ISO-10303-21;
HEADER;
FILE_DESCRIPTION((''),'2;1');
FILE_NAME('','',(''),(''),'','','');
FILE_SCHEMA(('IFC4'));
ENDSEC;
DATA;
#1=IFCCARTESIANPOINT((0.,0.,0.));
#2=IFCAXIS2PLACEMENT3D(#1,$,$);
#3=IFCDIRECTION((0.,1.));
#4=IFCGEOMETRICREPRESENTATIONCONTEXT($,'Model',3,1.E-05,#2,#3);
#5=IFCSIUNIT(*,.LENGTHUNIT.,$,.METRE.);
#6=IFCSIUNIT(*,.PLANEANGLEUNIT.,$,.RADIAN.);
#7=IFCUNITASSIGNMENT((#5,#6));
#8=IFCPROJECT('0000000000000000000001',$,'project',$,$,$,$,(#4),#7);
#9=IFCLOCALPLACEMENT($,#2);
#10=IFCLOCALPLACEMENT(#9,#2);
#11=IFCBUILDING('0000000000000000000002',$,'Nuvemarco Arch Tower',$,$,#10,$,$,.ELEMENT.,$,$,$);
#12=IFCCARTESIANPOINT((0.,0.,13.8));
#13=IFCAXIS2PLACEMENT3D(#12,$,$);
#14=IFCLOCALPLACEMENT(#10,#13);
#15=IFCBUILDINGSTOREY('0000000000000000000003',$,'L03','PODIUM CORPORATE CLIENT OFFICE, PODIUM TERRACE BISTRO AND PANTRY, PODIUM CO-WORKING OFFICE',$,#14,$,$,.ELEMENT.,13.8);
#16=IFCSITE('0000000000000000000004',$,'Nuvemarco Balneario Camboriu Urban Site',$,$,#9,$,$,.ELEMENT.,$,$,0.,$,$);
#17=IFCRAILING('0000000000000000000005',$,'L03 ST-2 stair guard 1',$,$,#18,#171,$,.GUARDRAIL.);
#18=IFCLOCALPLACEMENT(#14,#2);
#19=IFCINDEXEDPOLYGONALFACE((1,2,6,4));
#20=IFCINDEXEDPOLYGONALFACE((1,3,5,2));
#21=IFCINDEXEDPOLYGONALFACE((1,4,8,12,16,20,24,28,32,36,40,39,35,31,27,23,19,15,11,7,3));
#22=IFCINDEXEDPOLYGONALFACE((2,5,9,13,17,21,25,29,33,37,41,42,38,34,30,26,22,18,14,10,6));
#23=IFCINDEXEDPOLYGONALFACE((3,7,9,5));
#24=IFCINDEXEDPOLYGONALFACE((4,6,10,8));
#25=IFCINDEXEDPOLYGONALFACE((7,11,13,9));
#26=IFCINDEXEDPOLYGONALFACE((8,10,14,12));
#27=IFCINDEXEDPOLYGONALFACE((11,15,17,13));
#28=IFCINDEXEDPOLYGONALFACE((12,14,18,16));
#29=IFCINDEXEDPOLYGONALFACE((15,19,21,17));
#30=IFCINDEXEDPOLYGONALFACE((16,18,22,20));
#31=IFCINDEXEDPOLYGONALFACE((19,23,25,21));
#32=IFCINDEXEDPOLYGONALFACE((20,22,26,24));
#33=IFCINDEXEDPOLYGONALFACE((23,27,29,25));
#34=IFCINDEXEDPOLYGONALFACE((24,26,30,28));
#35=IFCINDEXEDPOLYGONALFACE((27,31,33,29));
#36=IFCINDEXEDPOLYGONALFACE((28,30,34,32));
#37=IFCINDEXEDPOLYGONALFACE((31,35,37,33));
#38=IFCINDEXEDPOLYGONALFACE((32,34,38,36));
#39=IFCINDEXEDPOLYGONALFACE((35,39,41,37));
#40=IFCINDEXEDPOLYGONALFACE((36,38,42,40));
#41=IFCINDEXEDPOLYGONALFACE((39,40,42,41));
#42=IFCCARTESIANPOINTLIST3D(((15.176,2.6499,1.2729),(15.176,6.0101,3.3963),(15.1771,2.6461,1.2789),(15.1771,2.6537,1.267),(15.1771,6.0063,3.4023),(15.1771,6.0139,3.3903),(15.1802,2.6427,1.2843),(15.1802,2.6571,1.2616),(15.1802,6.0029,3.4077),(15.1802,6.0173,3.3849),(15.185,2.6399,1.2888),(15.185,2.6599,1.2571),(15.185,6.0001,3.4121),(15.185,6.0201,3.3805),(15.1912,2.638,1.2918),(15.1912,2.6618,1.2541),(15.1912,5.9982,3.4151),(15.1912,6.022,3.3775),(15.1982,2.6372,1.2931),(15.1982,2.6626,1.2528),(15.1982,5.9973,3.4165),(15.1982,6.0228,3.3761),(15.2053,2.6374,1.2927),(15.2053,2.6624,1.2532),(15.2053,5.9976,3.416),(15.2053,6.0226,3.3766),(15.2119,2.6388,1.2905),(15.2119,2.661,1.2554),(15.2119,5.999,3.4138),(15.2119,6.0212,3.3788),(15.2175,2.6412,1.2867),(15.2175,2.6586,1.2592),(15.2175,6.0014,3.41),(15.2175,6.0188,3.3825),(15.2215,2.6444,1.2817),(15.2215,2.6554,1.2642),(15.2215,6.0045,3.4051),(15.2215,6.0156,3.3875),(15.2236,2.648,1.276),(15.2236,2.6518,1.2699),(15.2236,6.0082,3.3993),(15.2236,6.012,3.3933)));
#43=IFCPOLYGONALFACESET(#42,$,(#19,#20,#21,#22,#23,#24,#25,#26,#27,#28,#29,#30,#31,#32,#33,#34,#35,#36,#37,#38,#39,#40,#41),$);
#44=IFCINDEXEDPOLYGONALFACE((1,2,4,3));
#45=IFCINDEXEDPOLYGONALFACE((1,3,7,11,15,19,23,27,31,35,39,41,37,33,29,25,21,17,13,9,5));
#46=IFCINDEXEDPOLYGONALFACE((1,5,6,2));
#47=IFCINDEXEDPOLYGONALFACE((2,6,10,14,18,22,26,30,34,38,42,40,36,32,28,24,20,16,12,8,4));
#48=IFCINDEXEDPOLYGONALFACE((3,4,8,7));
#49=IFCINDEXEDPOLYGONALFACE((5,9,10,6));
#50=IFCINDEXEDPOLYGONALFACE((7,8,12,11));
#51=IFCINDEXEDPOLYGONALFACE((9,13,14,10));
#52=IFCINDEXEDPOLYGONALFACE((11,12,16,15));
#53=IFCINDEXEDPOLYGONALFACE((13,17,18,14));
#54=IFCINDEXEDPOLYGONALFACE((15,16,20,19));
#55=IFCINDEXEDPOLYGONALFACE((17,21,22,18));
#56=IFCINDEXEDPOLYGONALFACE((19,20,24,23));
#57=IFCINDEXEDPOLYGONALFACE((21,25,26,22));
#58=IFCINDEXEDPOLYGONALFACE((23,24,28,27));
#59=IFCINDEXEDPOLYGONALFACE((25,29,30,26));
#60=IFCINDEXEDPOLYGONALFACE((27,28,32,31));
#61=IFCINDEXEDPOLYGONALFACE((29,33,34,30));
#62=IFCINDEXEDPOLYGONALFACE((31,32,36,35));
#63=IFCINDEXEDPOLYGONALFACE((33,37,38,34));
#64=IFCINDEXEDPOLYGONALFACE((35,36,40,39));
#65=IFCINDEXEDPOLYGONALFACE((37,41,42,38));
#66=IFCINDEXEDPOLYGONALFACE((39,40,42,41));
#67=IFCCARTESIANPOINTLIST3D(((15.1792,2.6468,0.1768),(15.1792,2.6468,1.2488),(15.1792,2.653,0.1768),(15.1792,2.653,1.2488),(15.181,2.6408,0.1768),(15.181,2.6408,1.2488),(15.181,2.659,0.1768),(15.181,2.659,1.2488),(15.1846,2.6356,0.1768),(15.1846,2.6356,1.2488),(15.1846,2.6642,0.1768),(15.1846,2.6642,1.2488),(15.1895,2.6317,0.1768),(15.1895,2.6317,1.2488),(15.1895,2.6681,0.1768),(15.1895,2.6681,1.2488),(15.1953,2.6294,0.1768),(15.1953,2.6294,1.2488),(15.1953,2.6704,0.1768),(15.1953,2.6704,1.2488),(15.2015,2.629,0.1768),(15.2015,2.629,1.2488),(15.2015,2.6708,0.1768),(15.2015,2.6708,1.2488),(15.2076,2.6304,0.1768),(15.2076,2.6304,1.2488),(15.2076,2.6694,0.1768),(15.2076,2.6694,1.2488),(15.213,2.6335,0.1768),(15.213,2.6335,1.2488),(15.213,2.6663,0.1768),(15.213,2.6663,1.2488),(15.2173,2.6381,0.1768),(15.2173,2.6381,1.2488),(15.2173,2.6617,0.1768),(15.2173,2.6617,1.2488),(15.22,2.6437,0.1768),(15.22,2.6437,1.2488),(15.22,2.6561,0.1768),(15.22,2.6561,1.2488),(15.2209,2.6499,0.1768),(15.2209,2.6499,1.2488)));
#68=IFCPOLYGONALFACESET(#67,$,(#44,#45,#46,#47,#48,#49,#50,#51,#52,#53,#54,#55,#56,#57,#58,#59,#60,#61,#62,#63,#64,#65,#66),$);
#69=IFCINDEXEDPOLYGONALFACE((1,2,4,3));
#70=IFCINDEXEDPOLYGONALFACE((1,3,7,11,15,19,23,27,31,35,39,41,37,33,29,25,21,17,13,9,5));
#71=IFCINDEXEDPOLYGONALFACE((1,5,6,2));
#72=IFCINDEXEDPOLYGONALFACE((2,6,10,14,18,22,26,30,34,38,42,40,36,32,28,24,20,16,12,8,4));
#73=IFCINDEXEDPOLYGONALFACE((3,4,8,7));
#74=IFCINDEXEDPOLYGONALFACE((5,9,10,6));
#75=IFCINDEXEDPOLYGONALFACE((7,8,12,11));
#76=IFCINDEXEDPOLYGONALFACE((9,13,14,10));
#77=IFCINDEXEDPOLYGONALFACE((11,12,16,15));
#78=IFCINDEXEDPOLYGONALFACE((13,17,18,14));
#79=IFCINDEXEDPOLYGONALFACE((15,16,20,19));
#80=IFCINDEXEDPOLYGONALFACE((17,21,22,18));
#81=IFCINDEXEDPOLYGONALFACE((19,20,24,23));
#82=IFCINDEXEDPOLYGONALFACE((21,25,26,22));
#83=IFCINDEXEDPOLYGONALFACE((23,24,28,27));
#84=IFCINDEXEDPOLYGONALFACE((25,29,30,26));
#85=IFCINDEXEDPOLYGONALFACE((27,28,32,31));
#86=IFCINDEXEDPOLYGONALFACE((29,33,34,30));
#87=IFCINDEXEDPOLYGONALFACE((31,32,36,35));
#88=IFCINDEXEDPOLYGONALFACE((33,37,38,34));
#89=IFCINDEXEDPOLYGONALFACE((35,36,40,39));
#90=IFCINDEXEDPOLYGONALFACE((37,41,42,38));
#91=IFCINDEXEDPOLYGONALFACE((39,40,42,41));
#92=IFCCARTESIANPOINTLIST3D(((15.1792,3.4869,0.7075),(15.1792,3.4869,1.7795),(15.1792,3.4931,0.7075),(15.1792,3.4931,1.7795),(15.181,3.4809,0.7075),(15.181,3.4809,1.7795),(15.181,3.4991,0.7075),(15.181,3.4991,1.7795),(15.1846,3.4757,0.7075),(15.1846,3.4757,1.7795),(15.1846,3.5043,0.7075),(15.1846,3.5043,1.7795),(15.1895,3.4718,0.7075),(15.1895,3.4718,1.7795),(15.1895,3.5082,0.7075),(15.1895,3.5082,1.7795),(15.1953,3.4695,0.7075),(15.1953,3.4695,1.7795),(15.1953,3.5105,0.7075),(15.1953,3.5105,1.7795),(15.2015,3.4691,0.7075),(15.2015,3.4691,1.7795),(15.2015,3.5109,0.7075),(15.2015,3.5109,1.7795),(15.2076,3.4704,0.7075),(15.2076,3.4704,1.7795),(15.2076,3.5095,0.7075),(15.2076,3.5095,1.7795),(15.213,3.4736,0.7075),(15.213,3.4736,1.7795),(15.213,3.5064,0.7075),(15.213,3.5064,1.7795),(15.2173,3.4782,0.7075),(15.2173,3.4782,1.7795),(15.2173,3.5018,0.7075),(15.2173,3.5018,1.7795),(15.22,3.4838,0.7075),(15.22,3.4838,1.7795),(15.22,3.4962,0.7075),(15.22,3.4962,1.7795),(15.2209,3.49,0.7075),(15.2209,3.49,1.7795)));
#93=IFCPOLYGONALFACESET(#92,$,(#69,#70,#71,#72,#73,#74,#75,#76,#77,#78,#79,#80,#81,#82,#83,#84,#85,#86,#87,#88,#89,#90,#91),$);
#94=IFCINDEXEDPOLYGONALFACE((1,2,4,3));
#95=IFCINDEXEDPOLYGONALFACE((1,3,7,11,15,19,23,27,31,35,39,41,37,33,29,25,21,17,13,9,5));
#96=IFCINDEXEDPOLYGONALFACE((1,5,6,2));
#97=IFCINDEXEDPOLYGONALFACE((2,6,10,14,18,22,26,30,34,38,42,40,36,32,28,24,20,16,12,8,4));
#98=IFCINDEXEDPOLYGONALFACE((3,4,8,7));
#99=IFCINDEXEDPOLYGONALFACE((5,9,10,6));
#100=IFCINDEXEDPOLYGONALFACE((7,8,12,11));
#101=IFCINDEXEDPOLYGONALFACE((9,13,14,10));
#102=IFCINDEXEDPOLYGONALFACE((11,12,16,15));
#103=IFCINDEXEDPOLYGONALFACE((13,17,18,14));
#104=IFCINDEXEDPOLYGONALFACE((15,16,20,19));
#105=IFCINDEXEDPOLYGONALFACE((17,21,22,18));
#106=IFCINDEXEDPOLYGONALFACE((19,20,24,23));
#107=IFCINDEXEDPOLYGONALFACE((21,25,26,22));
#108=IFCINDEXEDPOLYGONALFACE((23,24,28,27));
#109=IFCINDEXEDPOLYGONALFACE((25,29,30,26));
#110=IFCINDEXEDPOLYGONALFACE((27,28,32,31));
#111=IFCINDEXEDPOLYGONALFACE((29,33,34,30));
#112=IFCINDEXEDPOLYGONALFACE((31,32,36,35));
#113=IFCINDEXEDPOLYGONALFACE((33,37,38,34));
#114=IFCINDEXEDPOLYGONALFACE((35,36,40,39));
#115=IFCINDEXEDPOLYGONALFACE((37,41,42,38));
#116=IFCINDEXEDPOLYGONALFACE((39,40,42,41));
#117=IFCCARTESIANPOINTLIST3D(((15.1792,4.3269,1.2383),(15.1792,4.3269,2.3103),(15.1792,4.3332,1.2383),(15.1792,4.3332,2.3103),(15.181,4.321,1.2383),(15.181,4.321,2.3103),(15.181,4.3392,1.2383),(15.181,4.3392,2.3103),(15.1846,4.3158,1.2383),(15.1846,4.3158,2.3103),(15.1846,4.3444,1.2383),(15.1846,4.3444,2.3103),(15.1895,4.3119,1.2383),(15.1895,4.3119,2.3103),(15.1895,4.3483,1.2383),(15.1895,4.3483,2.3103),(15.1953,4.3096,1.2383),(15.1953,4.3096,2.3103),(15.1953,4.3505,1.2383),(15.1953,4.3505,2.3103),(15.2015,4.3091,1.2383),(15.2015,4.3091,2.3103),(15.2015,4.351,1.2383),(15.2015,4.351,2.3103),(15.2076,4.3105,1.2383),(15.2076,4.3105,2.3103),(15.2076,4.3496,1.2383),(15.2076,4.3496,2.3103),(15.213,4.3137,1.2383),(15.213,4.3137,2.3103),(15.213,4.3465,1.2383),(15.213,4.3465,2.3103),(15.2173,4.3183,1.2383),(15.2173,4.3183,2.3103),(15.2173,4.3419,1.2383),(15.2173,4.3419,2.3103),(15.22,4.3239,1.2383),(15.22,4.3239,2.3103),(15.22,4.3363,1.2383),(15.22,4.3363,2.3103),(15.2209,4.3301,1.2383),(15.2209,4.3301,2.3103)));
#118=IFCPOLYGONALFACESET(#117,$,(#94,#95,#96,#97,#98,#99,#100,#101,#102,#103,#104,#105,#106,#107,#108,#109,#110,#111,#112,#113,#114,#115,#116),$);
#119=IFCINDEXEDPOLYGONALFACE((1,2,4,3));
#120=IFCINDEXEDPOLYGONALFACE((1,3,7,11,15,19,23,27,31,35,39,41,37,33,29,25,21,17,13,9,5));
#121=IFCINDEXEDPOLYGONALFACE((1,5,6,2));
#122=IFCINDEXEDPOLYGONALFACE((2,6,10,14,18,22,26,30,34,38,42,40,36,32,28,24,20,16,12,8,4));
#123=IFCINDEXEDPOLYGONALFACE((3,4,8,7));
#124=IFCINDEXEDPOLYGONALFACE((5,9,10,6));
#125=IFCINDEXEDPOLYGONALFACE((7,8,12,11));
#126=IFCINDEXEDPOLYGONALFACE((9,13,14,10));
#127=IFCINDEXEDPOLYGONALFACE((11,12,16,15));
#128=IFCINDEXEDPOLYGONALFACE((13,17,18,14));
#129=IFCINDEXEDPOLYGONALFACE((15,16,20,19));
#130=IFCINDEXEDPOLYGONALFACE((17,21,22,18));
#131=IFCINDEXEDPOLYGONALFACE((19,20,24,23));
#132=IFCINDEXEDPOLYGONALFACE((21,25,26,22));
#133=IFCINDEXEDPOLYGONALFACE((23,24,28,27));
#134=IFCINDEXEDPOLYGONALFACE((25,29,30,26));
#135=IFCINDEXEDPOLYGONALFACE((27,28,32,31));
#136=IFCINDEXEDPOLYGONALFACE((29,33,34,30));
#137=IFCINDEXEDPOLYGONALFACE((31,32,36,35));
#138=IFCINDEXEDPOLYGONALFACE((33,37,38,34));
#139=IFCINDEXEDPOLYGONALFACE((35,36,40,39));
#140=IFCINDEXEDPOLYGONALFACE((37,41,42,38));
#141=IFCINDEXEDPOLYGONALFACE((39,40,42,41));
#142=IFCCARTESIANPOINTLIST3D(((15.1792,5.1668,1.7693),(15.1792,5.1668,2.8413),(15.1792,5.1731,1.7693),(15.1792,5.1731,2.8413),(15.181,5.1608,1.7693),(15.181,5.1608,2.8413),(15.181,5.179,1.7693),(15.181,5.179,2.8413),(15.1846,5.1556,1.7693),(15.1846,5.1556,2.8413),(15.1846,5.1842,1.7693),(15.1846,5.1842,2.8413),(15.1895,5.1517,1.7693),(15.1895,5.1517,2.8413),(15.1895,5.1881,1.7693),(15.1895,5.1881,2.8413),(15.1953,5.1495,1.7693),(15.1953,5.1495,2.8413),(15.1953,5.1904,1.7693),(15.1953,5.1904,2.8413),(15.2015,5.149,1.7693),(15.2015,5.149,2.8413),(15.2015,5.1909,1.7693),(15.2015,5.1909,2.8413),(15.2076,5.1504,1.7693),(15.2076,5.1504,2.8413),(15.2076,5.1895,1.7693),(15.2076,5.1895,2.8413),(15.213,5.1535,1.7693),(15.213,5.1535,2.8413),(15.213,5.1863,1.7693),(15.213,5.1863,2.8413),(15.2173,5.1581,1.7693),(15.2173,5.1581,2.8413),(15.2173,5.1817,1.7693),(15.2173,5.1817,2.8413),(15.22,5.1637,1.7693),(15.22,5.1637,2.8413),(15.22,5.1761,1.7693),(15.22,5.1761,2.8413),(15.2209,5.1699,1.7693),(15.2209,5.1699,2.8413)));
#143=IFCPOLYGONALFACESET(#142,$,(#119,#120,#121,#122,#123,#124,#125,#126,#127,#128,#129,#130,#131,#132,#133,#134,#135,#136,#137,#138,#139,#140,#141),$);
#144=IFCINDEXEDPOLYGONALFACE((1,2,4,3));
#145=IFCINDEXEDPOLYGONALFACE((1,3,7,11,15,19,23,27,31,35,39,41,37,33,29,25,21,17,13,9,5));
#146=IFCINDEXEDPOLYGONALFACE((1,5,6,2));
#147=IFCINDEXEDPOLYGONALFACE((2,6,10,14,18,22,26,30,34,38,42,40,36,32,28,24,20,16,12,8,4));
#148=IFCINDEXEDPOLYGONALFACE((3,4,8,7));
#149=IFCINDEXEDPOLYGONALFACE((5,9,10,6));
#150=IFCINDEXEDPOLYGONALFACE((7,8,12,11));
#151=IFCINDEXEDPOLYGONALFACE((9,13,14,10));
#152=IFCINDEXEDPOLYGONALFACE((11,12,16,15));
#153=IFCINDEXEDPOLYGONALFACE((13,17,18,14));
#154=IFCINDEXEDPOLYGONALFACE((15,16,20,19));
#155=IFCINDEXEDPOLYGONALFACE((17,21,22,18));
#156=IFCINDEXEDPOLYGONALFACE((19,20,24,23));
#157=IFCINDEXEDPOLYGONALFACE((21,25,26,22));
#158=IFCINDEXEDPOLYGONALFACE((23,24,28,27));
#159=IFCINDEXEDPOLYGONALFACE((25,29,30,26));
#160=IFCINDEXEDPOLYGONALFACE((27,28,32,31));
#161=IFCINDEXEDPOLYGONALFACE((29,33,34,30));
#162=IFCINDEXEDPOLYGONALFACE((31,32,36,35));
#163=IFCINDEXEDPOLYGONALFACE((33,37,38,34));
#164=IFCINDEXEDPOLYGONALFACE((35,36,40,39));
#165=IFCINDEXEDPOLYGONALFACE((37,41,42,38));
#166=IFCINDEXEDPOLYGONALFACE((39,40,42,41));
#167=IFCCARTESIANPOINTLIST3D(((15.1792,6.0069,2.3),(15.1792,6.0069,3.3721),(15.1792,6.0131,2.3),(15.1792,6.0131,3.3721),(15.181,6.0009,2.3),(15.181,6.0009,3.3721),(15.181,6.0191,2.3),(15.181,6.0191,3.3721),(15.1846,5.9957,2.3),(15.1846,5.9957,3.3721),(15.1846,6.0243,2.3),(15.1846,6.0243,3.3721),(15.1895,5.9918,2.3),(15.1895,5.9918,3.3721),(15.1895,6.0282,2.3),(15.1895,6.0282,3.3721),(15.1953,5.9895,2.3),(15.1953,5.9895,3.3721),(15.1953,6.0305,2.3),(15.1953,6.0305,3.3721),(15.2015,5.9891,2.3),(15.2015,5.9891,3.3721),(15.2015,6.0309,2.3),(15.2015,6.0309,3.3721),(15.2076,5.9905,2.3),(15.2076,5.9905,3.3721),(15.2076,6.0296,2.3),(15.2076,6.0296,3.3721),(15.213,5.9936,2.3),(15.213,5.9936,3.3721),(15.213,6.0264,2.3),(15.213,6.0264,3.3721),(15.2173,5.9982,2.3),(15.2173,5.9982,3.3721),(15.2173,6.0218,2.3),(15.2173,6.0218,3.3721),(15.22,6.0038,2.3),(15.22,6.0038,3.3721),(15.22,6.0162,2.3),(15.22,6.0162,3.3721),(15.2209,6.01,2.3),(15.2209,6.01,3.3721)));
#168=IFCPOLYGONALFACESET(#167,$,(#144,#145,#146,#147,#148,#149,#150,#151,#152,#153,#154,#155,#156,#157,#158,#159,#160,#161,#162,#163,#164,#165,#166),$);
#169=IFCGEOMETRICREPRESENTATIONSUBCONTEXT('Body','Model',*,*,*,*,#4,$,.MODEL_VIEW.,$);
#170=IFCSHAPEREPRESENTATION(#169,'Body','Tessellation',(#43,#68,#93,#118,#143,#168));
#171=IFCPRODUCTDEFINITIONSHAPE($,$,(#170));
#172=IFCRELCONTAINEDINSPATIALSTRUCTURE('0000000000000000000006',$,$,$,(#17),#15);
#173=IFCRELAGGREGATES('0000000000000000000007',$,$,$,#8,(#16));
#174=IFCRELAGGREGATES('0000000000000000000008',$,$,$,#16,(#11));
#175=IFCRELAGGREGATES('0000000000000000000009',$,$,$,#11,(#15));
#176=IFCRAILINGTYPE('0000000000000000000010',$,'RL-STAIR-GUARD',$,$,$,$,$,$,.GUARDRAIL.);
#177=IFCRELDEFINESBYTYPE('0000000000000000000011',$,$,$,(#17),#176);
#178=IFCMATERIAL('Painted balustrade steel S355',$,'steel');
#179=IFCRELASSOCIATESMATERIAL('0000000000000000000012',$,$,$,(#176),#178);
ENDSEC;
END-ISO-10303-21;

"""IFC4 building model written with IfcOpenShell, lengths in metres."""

from ifc_helpers import new_model, si_unit, direction, frame, origin, origin_2d, place, context, subcontext, project, spatial, circle, extrude, material, type_object, element, save


model = new_model("IFC4")

# Units and contexts
model_context = context("Model", 3, precision=1e-05, world=origin(), true_north=direction((0.0, 1.0)))
body_context = subcontext(model_context, "Body", "Model", "MODEL_VIEW")
ifc_project = project(units=[si_unit("LENGTHUNIT", "METRE"), si_unit("PLANEANGLEUNIT", "RADIAN")], contexts=[model_context])

# Site, building, storey
site_placement = place(None, origin())
site = spatial("IfcSite", under=ifc_project, at=site_placement, Name="Nuvemarco Balneario Camboriu Urban Site", CompositionType="ELEMENT", RefElevation=0.0)
building_placement = place(site_placement, origin())
building = spatial("IfcBuilding", under=site, at=building_placement, Name="Nuvemarco Arch Tower", CompositionType="ELEMENT")
storey_placement = place(building_placement, frame((0.0, 0.0, 13.8)))
storey = spatial("IfcBuildingStorey", under=building, at=storey_placement, Name="L03", Description="PODIUM CORPORATE CLIENT OFFICE, PODIUM TERRACE BISTRO AND PANTRY, PODIUM CO-WORKING OFFICE", CompositionType="ELEMENT", Elevation=13.8)

# Railing
ifc_material_1 = material(Name="Painted balustrade steel S355", Category="steel")
railing_type_1 = type_object("IfcRailingType", Name="RL-STAIR-GUARD", PredefinedType="GUARDRAIL", material=ifc_material_1)
railing_1_placement = place(storey_placement, frame((15.2, 2.6499, 0.1768)))
element("IfcRailing", 1, at=railing_1_placement, inside=storey, type_object=railing_type_1, Name="L03 ST-2 stair guard 1", PredefinedType="GUARDRAIL", context=body_context, shape_type="SweptSolid", body=[
    extrude(circle(Radius=0.0239, at=origin_2d()), frame((0.0, 0.0, 1.0962), z_axis=(0.0, 0.845362, 0.534194), x_axis=(-1.0, 0.0, 0.0)), (0.0, 0.0, 1.0), 3.9749),
    extrude(circle(Radius=0.021, at=origin_2d()), origin(), (0.0, 0.0, 1.0), 1.072),
    extrude(circle(Radius=0.021, at=origin_2d()), frame((0.0, 0.8401, 0.5308)), (0.0, 0.0, 1.0), 1.072),
    extrude(circle(Radius=0.021, at=origin_2d()), frame((0.0, 1.6802, 1.0615)), (0.0, 0.0, 1.0), 1.072),
    extrude(circle(Radius=0.021, at=origin_2d()), frame((0.0, 2.52, 1.5925)), (0.0, 0.0, 1.0), 1.072),
    extrude(circle(Radius=0.021, at=origin_2d()), frame((0.0, 3.3601, 2.1233)), (0.0, 0.0, 1.0), 1.072),
])

save(model, "model.ifc")
